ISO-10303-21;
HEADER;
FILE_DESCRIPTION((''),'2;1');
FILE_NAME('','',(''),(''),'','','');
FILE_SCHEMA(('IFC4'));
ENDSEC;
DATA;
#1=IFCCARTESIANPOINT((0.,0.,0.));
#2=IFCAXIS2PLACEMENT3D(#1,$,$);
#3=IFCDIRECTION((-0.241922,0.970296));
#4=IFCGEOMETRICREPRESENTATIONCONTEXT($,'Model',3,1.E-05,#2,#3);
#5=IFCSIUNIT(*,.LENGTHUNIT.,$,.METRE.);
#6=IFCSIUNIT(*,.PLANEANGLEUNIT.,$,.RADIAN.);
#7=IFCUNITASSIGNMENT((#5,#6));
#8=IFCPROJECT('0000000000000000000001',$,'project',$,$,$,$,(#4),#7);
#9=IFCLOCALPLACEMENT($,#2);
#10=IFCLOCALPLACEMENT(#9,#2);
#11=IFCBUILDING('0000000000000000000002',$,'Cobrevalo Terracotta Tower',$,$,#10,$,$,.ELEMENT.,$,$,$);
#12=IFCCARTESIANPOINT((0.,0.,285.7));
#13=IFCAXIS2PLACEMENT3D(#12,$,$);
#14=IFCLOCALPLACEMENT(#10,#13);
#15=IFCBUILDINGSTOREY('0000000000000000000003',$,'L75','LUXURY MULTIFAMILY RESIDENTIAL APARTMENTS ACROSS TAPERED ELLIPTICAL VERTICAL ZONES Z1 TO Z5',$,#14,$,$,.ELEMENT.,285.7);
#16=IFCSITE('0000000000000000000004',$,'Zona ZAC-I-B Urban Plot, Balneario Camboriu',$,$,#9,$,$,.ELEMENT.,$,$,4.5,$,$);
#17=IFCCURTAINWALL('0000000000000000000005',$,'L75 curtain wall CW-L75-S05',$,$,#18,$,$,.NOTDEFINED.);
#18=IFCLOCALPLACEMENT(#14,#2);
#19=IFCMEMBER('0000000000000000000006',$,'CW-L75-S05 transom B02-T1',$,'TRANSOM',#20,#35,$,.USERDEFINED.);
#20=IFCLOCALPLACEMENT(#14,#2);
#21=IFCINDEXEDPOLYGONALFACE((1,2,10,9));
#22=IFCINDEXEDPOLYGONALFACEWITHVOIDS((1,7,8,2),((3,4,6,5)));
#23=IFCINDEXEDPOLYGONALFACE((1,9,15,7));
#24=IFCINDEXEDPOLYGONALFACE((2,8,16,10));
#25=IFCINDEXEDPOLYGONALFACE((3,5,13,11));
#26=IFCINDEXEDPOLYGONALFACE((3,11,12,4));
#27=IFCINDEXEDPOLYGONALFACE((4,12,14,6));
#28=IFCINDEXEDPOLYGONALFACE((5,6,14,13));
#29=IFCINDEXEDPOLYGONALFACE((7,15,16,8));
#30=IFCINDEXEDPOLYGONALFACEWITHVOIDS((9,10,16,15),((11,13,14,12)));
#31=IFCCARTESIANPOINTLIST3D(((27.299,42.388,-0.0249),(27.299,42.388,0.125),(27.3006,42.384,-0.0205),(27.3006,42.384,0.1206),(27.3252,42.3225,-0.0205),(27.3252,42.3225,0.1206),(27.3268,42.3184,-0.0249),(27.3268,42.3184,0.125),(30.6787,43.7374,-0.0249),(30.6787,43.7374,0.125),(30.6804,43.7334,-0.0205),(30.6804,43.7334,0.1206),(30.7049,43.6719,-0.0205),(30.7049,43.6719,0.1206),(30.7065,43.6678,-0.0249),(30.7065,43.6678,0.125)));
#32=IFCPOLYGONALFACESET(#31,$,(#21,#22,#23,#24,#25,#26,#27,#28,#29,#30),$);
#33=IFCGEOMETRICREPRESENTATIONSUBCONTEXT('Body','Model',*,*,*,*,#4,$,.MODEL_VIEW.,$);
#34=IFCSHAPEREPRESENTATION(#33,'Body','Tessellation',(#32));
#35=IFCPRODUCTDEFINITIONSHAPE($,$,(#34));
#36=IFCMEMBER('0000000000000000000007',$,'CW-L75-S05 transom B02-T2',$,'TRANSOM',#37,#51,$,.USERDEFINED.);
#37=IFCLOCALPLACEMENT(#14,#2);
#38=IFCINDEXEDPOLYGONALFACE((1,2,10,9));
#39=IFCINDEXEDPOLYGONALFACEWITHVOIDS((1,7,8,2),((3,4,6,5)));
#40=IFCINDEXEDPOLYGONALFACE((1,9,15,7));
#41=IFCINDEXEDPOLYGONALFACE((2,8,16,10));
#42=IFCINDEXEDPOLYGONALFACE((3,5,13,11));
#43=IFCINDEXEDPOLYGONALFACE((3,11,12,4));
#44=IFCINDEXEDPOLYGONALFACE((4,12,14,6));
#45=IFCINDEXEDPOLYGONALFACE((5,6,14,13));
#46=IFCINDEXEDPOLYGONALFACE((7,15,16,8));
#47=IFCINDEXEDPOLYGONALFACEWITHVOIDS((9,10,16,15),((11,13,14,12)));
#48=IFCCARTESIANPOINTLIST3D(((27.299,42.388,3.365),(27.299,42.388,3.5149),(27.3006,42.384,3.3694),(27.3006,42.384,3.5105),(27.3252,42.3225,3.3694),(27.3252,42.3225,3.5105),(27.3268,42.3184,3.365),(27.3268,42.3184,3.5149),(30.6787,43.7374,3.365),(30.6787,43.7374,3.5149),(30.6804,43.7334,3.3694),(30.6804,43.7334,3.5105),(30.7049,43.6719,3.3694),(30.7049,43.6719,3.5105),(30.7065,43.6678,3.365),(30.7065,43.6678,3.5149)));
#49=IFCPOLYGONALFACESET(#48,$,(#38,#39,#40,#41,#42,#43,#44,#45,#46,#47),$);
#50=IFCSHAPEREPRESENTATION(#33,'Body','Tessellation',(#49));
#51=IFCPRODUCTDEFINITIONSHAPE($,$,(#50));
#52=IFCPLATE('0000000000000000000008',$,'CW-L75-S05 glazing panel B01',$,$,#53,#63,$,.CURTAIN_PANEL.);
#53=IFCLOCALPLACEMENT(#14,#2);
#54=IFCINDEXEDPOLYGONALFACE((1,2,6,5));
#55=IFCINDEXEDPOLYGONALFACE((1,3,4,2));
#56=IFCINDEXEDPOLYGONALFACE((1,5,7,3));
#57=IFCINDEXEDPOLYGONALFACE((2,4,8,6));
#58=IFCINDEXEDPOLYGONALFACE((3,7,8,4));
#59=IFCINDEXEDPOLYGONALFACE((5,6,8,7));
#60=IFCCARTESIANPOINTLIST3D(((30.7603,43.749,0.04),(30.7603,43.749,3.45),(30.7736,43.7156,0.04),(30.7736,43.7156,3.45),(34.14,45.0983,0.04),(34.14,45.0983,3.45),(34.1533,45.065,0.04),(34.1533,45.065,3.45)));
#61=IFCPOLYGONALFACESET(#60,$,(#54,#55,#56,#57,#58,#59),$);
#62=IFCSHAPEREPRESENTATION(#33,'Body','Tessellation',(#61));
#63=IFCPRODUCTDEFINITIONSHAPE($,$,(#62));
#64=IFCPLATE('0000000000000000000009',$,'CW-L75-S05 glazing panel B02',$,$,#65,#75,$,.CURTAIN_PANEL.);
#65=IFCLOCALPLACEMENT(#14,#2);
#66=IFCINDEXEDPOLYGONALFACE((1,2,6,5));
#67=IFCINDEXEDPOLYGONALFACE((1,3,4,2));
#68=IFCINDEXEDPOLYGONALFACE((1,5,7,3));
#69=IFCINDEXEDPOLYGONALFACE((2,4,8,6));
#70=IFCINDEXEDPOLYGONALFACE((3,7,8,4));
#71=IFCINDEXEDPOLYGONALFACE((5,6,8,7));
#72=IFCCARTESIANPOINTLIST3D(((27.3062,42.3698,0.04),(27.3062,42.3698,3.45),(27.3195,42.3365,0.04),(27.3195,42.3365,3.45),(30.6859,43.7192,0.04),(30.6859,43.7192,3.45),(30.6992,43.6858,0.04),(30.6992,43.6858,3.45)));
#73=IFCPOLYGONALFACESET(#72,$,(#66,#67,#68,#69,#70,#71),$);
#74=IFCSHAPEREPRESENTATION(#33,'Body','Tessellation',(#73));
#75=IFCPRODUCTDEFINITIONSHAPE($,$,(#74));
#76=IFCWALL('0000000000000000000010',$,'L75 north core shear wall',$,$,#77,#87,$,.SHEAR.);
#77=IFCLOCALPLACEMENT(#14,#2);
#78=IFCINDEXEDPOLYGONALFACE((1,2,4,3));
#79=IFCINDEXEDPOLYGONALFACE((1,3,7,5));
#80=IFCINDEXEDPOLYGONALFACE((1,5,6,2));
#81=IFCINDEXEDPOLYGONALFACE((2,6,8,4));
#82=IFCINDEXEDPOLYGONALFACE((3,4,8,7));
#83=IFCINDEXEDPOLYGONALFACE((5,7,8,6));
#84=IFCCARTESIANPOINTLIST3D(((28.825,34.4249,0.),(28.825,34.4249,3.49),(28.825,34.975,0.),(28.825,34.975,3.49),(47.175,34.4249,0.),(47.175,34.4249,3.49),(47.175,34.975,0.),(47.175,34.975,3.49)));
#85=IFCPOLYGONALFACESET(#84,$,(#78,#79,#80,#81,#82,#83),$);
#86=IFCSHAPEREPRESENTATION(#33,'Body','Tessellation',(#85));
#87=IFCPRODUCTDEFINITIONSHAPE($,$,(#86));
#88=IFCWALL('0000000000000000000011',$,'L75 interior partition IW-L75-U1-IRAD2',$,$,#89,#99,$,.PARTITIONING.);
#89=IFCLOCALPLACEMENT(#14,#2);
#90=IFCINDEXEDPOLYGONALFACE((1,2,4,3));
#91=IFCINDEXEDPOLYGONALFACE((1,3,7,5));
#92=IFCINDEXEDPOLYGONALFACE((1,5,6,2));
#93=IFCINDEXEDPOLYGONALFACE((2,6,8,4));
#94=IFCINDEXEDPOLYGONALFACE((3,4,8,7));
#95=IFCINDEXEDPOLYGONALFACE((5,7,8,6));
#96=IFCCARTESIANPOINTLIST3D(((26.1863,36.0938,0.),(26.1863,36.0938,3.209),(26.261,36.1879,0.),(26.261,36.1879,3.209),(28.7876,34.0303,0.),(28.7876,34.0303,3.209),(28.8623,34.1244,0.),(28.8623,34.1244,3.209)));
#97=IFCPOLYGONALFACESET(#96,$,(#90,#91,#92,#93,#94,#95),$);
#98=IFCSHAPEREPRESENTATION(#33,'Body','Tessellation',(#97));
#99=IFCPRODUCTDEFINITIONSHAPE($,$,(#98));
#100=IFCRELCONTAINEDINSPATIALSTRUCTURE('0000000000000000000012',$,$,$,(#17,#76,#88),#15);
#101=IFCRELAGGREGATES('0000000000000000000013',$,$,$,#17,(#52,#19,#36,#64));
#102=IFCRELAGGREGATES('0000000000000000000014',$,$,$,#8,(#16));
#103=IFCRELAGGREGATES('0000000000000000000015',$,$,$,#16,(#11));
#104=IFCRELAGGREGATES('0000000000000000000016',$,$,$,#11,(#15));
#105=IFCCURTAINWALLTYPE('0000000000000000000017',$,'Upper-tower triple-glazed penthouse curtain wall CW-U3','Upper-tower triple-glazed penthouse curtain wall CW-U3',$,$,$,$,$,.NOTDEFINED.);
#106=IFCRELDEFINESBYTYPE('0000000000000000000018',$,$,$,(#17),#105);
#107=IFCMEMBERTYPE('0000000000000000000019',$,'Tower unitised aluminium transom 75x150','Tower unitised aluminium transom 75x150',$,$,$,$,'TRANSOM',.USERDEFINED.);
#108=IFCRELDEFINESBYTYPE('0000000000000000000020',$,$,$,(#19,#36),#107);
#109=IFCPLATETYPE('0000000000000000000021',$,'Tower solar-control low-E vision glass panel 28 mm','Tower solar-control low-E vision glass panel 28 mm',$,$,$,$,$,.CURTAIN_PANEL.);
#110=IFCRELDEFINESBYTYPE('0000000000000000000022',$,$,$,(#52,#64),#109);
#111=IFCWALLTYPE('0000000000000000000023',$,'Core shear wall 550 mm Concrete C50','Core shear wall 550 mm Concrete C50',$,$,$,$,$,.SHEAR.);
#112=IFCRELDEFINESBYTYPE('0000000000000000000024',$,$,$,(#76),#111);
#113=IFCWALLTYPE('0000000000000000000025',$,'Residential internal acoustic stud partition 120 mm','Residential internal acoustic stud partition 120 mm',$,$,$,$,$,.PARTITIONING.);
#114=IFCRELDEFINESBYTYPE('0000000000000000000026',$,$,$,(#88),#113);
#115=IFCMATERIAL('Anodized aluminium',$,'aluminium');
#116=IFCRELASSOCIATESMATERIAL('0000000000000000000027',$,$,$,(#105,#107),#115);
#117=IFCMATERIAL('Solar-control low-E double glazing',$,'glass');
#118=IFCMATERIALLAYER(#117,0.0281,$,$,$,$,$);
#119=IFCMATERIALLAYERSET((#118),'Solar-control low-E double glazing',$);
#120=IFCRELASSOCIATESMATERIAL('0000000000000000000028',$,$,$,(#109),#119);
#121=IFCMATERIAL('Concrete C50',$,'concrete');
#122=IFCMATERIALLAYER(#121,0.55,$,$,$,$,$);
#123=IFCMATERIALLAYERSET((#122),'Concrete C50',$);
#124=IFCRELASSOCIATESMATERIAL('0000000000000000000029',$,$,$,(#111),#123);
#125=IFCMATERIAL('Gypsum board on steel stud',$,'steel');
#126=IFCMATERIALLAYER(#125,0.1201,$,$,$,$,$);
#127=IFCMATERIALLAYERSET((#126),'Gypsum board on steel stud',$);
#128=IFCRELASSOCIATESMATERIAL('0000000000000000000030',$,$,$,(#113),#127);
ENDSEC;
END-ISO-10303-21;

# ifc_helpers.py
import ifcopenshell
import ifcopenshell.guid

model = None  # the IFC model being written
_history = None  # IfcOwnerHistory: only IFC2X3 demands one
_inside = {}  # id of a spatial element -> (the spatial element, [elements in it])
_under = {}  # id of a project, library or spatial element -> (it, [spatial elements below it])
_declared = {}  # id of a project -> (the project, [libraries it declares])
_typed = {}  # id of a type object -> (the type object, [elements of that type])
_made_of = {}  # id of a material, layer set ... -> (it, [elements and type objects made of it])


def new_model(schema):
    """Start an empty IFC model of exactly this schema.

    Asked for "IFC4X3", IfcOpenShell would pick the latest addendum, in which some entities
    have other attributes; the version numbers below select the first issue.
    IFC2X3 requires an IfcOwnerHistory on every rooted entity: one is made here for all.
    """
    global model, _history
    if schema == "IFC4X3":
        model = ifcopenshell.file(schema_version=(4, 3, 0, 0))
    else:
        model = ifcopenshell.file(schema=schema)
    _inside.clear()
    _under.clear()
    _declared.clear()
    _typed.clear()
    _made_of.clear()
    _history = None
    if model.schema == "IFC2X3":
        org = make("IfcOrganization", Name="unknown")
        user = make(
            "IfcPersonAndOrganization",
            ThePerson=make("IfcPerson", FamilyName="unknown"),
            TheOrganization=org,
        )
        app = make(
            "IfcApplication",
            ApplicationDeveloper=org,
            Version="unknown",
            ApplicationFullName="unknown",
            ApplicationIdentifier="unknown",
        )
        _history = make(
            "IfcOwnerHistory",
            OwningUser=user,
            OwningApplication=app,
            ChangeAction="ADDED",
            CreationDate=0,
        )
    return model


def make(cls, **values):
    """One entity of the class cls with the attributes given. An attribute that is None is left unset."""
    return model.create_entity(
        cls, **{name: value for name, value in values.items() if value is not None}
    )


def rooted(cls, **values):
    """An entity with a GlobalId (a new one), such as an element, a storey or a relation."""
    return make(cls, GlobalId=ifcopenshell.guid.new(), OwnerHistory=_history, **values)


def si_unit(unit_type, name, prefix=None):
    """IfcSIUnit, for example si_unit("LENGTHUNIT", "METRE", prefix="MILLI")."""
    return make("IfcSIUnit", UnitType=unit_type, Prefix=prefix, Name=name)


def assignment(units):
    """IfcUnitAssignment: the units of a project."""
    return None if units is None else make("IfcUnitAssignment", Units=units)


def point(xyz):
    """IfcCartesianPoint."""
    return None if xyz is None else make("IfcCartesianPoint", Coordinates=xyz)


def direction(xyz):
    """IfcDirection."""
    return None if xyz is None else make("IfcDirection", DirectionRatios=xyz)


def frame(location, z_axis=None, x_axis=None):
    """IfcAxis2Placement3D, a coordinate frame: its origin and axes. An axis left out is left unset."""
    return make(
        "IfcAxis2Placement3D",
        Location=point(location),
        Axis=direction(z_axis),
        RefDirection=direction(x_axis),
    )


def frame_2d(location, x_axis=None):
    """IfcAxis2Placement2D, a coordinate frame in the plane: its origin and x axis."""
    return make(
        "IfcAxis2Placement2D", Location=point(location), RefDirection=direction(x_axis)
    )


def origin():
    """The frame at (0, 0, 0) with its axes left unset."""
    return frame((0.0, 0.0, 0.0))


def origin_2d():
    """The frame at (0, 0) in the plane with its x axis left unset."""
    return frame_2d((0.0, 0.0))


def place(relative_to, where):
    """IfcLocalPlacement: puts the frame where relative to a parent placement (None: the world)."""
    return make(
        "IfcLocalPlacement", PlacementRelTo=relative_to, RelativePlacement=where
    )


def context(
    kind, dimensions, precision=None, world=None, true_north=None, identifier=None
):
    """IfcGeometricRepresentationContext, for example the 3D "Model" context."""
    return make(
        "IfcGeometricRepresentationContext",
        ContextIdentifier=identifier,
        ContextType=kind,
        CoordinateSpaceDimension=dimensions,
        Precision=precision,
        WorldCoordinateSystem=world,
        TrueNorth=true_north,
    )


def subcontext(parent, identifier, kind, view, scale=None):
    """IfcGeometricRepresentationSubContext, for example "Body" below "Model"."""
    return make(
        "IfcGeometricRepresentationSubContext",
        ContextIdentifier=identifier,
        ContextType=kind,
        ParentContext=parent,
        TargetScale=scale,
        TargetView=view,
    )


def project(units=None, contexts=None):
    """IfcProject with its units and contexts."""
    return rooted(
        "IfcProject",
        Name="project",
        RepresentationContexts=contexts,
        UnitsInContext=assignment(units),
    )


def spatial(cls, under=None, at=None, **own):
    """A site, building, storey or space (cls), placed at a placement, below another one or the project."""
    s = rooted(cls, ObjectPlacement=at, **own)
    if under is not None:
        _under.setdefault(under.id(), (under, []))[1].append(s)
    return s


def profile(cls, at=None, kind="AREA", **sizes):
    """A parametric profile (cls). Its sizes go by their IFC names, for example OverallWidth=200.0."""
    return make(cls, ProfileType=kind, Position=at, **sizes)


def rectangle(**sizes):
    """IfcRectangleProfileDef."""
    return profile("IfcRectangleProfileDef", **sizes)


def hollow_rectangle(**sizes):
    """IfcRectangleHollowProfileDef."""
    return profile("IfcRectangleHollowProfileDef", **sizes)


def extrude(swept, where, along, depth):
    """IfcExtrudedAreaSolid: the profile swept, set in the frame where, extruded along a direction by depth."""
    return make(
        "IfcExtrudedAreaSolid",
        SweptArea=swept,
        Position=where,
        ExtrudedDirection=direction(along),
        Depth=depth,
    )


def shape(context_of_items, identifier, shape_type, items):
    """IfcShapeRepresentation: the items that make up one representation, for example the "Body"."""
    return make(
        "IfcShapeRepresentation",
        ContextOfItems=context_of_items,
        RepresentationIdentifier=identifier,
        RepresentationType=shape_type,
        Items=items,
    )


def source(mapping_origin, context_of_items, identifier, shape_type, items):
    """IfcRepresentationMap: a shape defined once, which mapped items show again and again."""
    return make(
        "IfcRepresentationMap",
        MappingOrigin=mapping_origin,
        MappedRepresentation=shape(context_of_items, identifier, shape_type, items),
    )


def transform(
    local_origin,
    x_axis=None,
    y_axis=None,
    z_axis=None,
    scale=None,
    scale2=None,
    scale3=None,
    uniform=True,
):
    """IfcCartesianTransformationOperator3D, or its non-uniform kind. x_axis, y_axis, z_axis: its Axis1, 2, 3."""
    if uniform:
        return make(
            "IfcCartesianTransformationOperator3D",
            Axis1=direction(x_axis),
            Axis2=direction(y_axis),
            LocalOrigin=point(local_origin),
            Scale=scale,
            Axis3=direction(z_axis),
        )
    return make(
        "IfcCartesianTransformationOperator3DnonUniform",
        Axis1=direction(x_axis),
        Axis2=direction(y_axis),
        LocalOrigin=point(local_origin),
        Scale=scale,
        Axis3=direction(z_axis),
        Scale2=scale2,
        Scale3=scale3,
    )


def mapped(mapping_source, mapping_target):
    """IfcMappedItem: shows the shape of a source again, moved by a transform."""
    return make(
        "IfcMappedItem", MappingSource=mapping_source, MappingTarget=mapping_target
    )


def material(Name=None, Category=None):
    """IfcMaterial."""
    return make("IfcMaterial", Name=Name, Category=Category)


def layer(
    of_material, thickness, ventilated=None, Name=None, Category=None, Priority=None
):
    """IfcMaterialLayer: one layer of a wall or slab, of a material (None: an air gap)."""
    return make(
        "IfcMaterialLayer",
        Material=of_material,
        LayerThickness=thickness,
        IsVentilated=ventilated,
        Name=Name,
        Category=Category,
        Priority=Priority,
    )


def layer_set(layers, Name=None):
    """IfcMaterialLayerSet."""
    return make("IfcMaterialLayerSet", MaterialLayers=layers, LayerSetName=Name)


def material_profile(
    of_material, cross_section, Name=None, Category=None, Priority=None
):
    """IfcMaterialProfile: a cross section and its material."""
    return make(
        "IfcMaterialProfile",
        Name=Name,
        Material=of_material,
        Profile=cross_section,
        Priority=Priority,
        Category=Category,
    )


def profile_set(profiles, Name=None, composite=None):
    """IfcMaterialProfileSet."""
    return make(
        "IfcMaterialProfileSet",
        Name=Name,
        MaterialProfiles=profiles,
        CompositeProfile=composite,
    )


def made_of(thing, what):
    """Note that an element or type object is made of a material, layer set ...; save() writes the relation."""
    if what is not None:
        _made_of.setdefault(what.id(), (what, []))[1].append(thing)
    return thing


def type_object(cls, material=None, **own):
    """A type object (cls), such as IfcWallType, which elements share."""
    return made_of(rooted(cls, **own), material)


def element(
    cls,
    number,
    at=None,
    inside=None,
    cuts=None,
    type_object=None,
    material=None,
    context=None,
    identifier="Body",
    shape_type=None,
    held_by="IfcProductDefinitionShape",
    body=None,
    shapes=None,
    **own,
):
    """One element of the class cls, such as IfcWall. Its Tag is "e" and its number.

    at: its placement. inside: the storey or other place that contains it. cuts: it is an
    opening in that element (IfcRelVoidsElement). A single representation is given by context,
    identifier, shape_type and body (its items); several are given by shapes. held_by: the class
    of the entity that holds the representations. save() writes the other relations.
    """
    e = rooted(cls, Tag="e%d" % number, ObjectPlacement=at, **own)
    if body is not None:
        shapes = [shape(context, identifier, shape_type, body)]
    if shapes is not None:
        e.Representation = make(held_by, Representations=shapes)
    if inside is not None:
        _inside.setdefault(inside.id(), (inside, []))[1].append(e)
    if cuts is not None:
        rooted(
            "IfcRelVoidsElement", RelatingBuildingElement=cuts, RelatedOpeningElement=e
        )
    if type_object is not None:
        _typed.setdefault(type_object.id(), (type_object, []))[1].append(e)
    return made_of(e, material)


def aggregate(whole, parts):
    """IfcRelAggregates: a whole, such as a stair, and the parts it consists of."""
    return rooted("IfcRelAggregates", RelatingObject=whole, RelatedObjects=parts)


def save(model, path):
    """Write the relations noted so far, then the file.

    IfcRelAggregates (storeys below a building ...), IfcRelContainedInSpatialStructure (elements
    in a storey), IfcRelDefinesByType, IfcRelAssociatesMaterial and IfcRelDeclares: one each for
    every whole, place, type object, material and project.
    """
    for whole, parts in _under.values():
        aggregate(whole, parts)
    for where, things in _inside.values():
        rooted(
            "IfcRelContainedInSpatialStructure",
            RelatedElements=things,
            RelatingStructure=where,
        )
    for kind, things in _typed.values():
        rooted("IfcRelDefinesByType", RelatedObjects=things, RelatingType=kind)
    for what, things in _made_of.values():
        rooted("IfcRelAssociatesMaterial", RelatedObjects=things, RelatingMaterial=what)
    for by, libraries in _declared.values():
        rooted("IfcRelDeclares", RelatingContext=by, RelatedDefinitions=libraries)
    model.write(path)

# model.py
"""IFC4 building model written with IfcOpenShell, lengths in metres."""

from ifc_helpers import new_model, si_unit, direction, frame, frame_2d, origin, origin_2d, place, context, subcontext, project, spatial, rectangle, hollow_rectangle, extrude, source, transform, mapped, material, layer, layer_set, material_profile, profile_set, type_object, element, aggregate, save


model = new_model("IFC4")

# Units and contexts
model_context = context("Model", 3, precision=1e-05, world=origin(), true_north=direction((-0.241922, 0.970296)))
body_context = subcontext(model_context, "Body", "Model", "MODEL_VIEW")
ifc_project = project(units=[si_unit("LENGTHUNIT", "METRE"), si_unit("PLANEANGLEUNIT", "RADIAN")], contexts=[model_context])

# Site, building, storey
site_placement = place(None, origin())
site = spatial("IfcSite", under=ifc_project, at=site_placement, Name="Zona ZAC-I-B Urban Plot, Balneario Camboriu", CompositionType="ELEMENT", RefElevation=4.5)
building_placement = place(site_placement, origin())
building = spatial("IfcBuilding", under=site, at=building_placement, Name="Cobrevalo Terracotta Tower", CompositionType="ELEMENT")
storey_placement = place(building_placement, frame((0.0, 0.0, 285.7)))
storey = spatial("IfcBuildingStorey", under=building, at=storey_placement, Name="L75", Description="LUXURY MULTIFAMILY RESIDENTIAL APARTMENTS ACROSS TAPERED ELLIPTICAL VERTICAL ZONES Z1 TO Z5", CompositionType="ELEMENT", Elevation=285.7)

# Shared definitions
ifc_material_1 = material(Name="Concrete C50", Category="concrete")

# Curtain wall, members, plates
ifc_material_2 = material(Name="Anodized aluminium", Category="aluminium")
curtain_wall_type = type_object("IfcCurtainWallType", Name="Upper-tower triple-glazed penthouse curtain wall CW-U3", Description="Upper-tower triple-glazed penthouse curtain wall CW-U3", PredefinedType="NOTDEFINED", material=ifc_material_2)
curtain_wall_placement = place(storey_placement, origin())
curtain_wall = element("IfcCurtainWall", 1, at=curtain_wall_placement, inside=storey, type_object=curtain_wall_type, Name="L75 curtain wall CW-L75-S05", PredefinedType="NOTDEFINED")
ifc_material_profile_1 = material_profile(ifc_material_2, hollow_rectangle(XDim=0.075, YDim=0.1499, WallThickness=0.0044, at=origin_2d()), Name="CWT 75x150")
ifc_profile_set_1 = profile_set([ifc_material_profile_1], Name="Anodized aluminium")
member_type_1 = type_object("IfcMemberType", Name="Tower unitised aluminium transom 75x150", Description="Tower unitised aluminium transom 75x150", ElementType="TRANSOM", PredefinedType="USERDEFINED", material=ifc_profile_set_1)
shared_shape_1 = source(origin(), body_context, "Body", "SweptSolid", [
    extrude(hollow_rectangle(XDim=0.075, YDim=0.1499, WallThickness=0.0044, at=origin_2d()), origin(), (0.0, 0.0, 1.0), 3.6392),
])
member_1_placement = place(storey_placement, frame((30.6926, 43.7026, 0.05), z_axis=(-0.928712, -0.370801, 0.0), x_axis=(0.370801, -0.928712, 0.0)))
member_1 = element("IfcMember", 2, at=member_1_placement, type_object=member_type_1, Name="CW-L75-S05 transom B02-T1", ObjectType="TRANSOM", PredefinedType="USERDEFINED", context=body_context, shape_type="MappedRepresentation", body=[
    mapped(shared_shape_1, transform((0.0, 0.0, 0.0), scale=1.0)),
])
member_2_placement = place(storey_placement, frame((30.6926, 43.7026, 3.4399), z_axis=(-0.928712, -0.370801, 0.0), x_axis=(0.370801, -0.928712, 0.0)))
member_2 = element("IfcMember", 3, at=member_2_placement, type_object=member_type_1, Name="CW-L75-S05 transom B02-T2", ObjectType="TRANSOM", PredefinedType="USERDEFINED", context=body_context, shape_type="MappedRepresentation", body=[
    mapped(shared_shape_1, transform((0.0, 0.0, 0.0), scale=1.0)),
])
ifc_material_3 = material(Name="Solar-control low-E double glazing", Category="glass")
ifc_layer_1 = layer(ifc_material_3, 0.0281)
ifc_layer_set_1 = layer_set([ifc_layer_1], Name="Solar-control low-E double glazing")
plate_type = type_object("IfcPlateType", Name="Tower solar-control low-E vision glass panel 28 mm", Description="Tower solar-control low-E vision glass panel 28 mm", PredefinedType="CURTAIN_PANEL", material=ifc_layer_set_1)
shared_shape_2 = source(origin(), body_context, "Body", "SweptSolid", [
    extrude(rectangle(XDim=3.6392, YDim=0.0359, at=origin_2d()), origin(), (0.0, 0.0, 1.0), 3.4099),
])
plate_1_placement = place(storey_placement, frame((32.4568, 44.407, 0.04), z_axis=(0.0, 0.0, 1.0), x_axis=(-0.928718, -0.370786, 0.0)))
plate_1 = element("IfcPlate", 4, at=plate_1_placement, type_object=plate_type, Name="CW-L75-S05 glazing panel B01", PredefinedType="CURTAIN_PANEL", context=body_context, shape_type="MappedRepresentation", body=[
    mapped(shared_shape_2, transform((0.0, 0.0, 0.0), scale=1.0)),
])
plate_2_placement = place(storey_placement, frame((29.0027, 43.0278, 0.04), z_axis=(0.0, 0.0, 1.0), x_axis=(-0.928718, -0.370786, 0.0)))
plate_2 = element("IfcPlate", 5, at=plate_2_placement, type_object=plate_type, Name="CW-L75-S05 glazing panel B02", PredefinedType="CURTAIN_PANEL", context=body_context, shape_type="MappedRepresentation", body=[
    mapped(shared_shape_2, transform((0.0, 0.0, 0.0), scale=1.0)),
])
aggregate(curtain_wall, [plate_1, member_1, member_2, plate_2])

# Walls
ifc_layer_2 = layer(ifc_material_1, 0.55)
ifc_layer_set_2 = layer_set([ifc_layer_2], Name="Concrete C50")
wall_type_1 = type_object("IfcWallType", Name="Core shear wall 550 mm Concrete C50", Description="Core shear wall 550 mm Concrete C50", PredefinedType="SHEAR", material=ifc_layer_set_2)
wall_1_placement = place(storey_placement, frame((28.825, 34.7, 0.0), z_axis=(0.0, 0.0, 1.0), x_axis=(1.0, 0.0, 0.0)))
element("IfcWall", 6, at=wall_1_placement, inside=storey, type_object=wall_type_1, Name="L75 north core shear wall", PredefinedType="SHEAR", context=body_context, shape_type="SweptSolid", body=[
    extrude(rectangle(XDim=18.3501, YDim=0.55, at=frame_2d((9.175, 0.0))), origin(), (0.0, 0.0, 1.0), 3.49),
])
ifc_material_4 = material(Name="Gypsum board on steel stud", Category="steel")
ifc_layer_3 = layer(ifc_material_4, 0.1201)
ifc_layer_set_3 = layer_set([ifc_layer_3], Name="Gypsum board on steel stud")
wall_type_2 = type_object("IfcWallType", Name="Residential internal acoustic stud partition 120 mm", Description="Residential internal acoustic stud partition 120 mm", PredefinedType="PARTITIONING", material=ifc_layer_set_3)
wall_2_placement = place(storey_placement, frame((28.825, 34.0774, 0.0), z_axis=(0.0, 0.0, 1.0), x_axis=(-0.783445, 0.621462, 0.0)))
element("IfcWall", 7, at=wall_2_placement, inside=storey, type_object=wall_type_2, Name="L75 interior partition IW-L75-U1-IRAD2", PredefinedType="PARTITIONING", context=body_context, shape_type="SweptSolid", body=[
    extrude(rectangle(XDim=3.3203, YDim=0.1201, at=frame_2d((1.6602, 0.0))), origin(), (0.0, 0.0, 1.0), 3.209),
])

save(model, "model.ifc")
